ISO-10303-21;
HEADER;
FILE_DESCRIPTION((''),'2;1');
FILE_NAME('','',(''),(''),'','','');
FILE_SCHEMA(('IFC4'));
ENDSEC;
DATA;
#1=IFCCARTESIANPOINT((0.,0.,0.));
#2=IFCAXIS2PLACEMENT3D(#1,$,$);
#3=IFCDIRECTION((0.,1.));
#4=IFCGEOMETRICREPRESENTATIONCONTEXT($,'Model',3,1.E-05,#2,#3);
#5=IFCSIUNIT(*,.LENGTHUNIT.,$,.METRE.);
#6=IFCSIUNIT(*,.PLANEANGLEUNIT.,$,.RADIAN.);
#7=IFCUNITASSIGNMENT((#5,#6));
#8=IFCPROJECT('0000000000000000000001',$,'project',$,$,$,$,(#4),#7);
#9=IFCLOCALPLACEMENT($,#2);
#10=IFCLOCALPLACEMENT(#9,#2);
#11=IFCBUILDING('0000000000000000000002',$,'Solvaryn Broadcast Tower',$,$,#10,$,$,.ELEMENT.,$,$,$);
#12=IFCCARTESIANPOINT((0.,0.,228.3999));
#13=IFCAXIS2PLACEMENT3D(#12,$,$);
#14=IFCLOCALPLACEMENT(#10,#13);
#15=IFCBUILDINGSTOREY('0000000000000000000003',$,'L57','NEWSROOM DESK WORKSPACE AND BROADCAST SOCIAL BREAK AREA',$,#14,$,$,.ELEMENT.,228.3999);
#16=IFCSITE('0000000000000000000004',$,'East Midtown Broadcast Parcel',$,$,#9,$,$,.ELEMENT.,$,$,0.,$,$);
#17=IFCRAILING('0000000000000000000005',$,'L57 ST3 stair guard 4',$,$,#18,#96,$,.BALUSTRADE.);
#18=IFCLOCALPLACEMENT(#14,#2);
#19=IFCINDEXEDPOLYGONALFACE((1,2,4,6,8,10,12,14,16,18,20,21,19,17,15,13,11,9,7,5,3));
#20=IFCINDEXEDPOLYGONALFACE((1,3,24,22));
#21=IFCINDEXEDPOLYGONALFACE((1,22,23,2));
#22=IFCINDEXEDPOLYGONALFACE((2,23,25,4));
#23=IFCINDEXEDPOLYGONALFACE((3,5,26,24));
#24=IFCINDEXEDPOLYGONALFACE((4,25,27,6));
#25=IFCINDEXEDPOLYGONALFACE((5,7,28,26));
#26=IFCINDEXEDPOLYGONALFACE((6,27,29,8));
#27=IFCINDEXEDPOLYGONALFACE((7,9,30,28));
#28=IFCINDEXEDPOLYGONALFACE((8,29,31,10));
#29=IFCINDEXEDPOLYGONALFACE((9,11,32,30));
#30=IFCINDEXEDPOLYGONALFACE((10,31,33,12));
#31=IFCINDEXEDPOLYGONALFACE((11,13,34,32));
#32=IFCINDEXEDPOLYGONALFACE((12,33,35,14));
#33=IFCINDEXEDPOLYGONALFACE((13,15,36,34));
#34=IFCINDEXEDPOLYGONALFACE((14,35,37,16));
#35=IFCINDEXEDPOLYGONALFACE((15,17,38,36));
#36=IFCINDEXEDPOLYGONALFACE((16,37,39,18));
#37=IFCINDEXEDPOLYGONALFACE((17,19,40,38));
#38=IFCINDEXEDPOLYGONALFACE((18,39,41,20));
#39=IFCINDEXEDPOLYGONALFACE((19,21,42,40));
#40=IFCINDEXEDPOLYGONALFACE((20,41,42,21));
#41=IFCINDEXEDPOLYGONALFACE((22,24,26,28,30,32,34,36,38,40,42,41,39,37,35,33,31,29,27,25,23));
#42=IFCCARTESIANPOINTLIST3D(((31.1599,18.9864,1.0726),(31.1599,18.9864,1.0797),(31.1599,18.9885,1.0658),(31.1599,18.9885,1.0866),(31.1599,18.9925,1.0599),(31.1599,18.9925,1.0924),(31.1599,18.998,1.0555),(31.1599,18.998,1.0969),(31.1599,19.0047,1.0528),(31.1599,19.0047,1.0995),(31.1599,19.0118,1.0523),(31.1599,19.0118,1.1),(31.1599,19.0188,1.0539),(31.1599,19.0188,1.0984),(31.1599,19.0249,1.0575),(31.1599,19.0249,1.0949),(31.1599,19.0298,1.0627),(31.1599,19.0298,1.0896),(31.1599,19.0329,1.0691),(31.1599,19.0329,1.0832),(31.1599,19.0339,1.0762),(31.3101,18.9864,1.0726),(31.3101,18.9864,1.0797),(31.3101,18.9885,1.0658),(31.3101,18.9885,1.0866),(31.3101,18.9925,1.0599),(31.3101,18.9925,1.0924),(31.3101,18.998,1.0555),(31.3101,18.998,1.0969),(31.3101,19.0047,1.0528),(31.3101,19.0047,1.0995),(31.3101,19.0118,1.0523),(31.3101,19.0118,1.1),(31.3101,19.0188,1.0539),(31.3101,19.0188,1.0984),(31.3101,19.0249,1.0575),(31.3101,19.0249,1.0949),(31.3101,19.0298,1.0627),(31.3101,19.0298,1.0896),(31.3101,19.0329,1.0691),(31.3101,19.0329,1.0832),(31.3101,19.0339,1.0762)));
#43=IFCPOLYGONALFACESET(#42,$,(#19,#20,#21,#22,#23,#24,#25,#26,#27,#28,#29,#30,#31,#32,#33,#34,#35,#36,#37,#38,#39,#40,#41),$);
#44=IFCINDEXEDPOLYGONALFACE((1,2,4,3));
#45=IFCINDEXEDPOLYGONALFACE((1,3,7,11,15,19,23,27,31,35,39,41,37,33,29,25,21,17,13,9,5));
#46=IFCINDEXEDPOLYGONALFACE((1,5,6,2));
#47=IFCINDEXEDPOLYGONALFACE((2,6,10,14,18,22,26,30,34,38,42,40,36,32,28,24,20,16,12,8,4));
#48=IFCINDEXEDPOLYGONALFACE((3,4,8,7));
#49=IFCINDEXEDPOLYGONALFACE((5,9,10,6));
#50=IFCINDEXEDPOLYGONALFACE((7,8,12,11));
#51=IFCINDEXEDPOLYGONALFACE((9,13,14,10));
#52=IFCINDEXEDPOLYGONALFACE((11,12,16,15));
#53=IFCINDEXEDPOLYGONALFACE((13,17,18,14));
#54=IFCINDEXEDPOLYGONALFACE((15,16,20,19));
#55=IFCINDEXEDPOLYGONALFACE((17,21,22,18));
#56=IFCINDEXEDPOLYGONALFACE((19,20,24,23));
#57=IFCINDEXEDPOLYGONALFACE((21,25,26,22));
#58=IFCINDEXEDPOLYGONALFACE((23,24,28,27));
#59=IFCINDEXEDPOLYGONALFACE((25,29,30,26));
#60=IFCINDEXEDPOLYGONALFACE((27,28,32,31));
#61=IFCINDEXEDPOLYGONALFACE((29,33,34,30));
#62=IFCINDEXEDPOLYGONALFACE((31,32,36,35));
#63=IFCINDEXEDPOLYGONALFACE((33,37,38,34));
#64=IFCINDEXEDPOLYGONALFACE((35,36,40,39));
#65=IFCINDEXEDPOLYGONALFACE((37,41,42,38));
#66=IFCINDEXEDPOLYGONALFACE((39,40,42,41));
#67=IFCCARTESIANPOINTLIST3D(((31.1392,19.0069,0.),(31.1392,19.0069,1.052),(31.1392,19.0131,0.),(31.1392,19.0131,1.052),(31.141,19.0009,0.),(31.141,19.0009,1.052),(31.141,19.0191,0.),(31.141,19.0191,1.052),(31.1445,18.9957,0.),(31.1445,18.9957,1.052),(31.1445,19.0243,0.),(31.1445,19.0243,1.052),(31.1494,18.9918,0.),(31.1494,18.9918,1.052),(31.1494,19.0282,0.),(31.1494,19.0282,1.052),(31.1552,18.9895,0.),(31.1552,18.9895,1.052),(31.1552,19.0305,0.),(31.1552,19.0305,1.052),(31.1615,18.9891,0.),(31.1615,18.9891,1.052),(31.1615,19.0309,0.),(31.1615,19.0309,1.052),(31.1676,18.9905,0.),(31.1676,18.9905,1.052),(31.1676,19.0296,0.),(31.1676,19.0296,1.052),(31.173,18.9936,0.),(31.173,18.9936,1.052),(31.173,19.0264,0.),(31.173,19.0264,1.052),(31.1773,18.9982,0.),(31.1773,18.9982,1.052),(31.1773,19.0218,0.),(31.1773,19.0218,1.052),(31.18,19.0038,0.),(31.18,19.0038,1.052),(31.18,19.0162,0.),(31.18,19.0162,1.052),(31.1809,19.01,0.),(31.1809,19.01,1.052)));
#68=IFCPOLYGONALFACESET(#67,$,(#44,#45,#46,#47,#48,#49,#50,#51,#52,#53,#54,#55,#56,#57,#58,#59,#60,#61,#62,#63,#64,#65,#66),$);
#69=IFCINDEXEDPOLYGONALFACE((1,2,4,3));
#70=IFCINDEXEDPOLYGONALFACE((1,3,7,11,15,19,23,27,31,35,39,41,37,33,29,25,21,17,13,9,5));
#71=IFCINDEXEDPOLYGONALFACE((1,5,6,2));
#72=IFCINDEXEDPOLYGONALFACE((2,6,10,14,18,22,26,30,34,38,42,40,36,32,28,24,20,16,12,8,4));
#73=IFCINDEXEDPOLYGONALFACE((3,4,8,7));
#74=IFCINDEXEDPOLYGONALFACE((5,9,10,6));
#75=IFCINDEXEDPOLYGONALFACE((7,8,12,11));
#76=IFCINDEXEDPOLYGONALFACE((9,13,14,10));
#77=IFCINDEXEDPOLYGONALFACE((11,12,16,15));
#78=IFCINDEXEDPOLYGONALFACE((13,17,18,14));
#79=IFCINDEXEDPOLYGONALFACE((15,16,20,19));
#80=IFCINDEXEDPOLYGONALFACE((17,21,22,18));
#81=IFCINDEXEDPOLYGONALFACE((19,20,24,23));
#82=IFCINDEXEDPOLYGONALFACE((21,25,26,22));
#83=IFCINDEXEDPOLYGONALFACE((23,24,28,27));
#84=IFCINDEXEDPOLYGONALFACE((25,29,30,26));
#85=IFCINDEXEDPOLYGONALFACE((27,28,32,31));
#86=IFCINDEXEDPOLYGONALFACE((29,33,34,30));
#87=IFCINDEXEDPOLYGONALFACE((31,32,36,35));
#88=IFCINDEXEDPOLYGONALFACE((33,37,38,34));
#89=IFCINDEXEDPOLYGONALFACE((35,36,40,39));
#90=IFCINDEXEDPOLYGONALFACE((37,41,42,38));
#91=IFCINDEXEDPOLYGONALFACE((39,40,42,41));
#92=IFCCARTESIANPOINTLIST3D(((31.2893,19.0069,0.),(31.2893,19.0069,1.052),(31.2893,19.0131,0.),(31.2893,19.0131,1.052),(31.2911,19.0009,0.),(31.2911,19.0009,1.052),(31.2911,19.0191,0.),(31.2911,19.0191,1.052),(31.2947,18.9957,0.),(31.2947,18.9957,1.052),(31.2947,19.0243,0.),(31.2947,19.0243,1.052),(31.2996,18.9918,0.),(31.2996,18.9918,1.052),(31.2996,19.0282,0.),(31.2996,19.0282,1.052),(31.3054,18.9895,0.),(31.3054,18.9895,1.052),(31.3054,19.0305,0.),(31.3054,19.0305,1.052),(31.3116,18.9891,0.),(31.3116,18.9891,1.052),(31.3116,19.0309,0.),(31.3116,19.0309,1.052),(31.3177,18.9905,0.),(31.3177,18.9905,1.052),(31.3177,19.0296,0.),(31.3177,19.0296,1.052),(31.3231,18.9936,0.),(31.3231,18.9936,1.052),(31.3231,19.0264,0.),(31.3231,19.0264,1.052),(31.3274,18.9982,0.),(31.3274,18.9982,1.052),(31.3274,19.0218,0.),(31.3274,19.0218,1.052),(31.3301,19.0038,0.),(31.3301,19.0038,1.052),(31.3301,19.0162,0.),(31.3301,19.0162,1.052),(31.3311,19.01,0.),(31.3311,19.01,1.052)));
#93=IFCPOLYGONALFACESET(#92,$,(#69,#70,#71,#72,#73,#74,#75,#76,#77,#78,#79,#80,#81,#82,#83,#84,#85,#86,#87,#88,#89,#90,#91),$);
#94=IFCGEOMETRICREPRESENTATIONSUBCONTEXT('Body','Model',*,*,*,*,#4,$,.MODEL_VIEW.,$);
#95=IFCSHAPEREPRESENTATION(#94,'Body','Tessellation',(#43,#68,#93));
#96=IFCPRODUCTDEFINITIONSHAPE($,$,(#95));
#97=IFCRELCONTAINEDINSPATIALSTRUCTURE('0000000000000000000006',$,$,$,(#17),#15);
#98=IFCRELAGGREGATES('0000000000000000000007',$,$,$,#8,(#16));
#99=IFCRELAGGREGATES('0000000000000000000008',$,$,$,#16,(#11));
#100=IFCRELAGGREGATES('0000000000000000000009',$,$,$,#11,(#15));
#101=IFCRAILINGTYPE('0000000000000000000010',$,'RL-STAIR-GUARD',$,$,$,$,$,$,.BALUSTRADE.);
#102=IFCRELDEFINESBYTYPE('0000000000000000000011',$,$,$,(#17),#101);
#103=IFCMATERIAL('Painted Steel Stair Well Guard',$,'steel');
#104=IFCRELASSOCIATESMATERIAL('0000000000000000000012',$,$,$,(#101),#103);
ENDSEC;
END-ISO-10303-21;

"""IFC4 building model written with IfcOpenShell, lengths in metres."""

from ifc_helpers import new_model, si_unit, direction, frame, origin, origin_2d, place, context, subcontext, project, spatial, circle, extrude, material, type_object, element, save


model = new_model("IFC4")

# Units and contexts
model_context = context("Model", 3, precision=1e-05, world=origin(), true_north=direction((0.0, 1.0)))
body_context = subcontext(model_context, "Body", "Model", "MODEL_VIEW")
ifc_project = project(units=[si_unit("LENGTHUNIT", "METRE"), si_unit("PLANEANGLEUNIT", "RADIAN")], contexts=[model_context])

# Site, building, storey
site_placement = place(None, origin())
site = spatial("IfcSite", under=ifc_project, at=site_placement, Name="East Midtown Broadcast Parcel", CompositionType="ELEMENT", RefElevation=0.0)
building_placement = place(site_placement, origin())
building = spatial("IfcBuilding", under=site, at=building_placement, Name="Solvaryn Broadcast Tower", CompositionType="ELEMENT")
storey_placement = place(building_placement, frame((0.0, 0.0, 228.3999)))
storey = spatial("IfcBuildingStorey", under=building, at=storey_placement, Name="L57", Description="NEWSROOM DESK WORKSPACE AND BROADCAST SOCIAL BREAK AREA", CompositionType="ELEMENT", Elevation=228.3999)

# Railing
ifc_material_1 = material(Name="Painted Steel Stair Well Guard", Category="steel")
railing_type_1 = type_object("IfcRailingType", Name="RL-STAIR-GUARD", PredefinedType="BALUSTRADE", material=ifc_material_1)
railing_1_placement = place(storey_placement, frame((31.1599, 19.01, 0.0)))
element("IfcRailing", 1, at=railing_1_placement, inside=storey, type_object=railing_type_1, Name="L57 ST3 stair guard 4", PredefinedType="BALUSTRADE", context=body_context, shape_type="SweptSolid", body=[
    extrude(circle(Radius=0.0239, at=origin_2d()), frame((0.0, 0.0, 1.0762), z_axis=(1.0, 0.0, 0.0), x_axis=(0.0, 1.0, 0.0)), (0.0, 0.0, 1.0), 0.1501),
    extrude(circle(Radius=0.021, at=origin_2d()), origin(), (0.0, 0.0, 1.0), 1.052),
    extrude(circle(Radius=0.021, at=origin_2d()), frame((0.1501, 0.0, 0.0)), (0.0, 0.0, 1.0), 1.052),
])

save(model, "model.ifc")
